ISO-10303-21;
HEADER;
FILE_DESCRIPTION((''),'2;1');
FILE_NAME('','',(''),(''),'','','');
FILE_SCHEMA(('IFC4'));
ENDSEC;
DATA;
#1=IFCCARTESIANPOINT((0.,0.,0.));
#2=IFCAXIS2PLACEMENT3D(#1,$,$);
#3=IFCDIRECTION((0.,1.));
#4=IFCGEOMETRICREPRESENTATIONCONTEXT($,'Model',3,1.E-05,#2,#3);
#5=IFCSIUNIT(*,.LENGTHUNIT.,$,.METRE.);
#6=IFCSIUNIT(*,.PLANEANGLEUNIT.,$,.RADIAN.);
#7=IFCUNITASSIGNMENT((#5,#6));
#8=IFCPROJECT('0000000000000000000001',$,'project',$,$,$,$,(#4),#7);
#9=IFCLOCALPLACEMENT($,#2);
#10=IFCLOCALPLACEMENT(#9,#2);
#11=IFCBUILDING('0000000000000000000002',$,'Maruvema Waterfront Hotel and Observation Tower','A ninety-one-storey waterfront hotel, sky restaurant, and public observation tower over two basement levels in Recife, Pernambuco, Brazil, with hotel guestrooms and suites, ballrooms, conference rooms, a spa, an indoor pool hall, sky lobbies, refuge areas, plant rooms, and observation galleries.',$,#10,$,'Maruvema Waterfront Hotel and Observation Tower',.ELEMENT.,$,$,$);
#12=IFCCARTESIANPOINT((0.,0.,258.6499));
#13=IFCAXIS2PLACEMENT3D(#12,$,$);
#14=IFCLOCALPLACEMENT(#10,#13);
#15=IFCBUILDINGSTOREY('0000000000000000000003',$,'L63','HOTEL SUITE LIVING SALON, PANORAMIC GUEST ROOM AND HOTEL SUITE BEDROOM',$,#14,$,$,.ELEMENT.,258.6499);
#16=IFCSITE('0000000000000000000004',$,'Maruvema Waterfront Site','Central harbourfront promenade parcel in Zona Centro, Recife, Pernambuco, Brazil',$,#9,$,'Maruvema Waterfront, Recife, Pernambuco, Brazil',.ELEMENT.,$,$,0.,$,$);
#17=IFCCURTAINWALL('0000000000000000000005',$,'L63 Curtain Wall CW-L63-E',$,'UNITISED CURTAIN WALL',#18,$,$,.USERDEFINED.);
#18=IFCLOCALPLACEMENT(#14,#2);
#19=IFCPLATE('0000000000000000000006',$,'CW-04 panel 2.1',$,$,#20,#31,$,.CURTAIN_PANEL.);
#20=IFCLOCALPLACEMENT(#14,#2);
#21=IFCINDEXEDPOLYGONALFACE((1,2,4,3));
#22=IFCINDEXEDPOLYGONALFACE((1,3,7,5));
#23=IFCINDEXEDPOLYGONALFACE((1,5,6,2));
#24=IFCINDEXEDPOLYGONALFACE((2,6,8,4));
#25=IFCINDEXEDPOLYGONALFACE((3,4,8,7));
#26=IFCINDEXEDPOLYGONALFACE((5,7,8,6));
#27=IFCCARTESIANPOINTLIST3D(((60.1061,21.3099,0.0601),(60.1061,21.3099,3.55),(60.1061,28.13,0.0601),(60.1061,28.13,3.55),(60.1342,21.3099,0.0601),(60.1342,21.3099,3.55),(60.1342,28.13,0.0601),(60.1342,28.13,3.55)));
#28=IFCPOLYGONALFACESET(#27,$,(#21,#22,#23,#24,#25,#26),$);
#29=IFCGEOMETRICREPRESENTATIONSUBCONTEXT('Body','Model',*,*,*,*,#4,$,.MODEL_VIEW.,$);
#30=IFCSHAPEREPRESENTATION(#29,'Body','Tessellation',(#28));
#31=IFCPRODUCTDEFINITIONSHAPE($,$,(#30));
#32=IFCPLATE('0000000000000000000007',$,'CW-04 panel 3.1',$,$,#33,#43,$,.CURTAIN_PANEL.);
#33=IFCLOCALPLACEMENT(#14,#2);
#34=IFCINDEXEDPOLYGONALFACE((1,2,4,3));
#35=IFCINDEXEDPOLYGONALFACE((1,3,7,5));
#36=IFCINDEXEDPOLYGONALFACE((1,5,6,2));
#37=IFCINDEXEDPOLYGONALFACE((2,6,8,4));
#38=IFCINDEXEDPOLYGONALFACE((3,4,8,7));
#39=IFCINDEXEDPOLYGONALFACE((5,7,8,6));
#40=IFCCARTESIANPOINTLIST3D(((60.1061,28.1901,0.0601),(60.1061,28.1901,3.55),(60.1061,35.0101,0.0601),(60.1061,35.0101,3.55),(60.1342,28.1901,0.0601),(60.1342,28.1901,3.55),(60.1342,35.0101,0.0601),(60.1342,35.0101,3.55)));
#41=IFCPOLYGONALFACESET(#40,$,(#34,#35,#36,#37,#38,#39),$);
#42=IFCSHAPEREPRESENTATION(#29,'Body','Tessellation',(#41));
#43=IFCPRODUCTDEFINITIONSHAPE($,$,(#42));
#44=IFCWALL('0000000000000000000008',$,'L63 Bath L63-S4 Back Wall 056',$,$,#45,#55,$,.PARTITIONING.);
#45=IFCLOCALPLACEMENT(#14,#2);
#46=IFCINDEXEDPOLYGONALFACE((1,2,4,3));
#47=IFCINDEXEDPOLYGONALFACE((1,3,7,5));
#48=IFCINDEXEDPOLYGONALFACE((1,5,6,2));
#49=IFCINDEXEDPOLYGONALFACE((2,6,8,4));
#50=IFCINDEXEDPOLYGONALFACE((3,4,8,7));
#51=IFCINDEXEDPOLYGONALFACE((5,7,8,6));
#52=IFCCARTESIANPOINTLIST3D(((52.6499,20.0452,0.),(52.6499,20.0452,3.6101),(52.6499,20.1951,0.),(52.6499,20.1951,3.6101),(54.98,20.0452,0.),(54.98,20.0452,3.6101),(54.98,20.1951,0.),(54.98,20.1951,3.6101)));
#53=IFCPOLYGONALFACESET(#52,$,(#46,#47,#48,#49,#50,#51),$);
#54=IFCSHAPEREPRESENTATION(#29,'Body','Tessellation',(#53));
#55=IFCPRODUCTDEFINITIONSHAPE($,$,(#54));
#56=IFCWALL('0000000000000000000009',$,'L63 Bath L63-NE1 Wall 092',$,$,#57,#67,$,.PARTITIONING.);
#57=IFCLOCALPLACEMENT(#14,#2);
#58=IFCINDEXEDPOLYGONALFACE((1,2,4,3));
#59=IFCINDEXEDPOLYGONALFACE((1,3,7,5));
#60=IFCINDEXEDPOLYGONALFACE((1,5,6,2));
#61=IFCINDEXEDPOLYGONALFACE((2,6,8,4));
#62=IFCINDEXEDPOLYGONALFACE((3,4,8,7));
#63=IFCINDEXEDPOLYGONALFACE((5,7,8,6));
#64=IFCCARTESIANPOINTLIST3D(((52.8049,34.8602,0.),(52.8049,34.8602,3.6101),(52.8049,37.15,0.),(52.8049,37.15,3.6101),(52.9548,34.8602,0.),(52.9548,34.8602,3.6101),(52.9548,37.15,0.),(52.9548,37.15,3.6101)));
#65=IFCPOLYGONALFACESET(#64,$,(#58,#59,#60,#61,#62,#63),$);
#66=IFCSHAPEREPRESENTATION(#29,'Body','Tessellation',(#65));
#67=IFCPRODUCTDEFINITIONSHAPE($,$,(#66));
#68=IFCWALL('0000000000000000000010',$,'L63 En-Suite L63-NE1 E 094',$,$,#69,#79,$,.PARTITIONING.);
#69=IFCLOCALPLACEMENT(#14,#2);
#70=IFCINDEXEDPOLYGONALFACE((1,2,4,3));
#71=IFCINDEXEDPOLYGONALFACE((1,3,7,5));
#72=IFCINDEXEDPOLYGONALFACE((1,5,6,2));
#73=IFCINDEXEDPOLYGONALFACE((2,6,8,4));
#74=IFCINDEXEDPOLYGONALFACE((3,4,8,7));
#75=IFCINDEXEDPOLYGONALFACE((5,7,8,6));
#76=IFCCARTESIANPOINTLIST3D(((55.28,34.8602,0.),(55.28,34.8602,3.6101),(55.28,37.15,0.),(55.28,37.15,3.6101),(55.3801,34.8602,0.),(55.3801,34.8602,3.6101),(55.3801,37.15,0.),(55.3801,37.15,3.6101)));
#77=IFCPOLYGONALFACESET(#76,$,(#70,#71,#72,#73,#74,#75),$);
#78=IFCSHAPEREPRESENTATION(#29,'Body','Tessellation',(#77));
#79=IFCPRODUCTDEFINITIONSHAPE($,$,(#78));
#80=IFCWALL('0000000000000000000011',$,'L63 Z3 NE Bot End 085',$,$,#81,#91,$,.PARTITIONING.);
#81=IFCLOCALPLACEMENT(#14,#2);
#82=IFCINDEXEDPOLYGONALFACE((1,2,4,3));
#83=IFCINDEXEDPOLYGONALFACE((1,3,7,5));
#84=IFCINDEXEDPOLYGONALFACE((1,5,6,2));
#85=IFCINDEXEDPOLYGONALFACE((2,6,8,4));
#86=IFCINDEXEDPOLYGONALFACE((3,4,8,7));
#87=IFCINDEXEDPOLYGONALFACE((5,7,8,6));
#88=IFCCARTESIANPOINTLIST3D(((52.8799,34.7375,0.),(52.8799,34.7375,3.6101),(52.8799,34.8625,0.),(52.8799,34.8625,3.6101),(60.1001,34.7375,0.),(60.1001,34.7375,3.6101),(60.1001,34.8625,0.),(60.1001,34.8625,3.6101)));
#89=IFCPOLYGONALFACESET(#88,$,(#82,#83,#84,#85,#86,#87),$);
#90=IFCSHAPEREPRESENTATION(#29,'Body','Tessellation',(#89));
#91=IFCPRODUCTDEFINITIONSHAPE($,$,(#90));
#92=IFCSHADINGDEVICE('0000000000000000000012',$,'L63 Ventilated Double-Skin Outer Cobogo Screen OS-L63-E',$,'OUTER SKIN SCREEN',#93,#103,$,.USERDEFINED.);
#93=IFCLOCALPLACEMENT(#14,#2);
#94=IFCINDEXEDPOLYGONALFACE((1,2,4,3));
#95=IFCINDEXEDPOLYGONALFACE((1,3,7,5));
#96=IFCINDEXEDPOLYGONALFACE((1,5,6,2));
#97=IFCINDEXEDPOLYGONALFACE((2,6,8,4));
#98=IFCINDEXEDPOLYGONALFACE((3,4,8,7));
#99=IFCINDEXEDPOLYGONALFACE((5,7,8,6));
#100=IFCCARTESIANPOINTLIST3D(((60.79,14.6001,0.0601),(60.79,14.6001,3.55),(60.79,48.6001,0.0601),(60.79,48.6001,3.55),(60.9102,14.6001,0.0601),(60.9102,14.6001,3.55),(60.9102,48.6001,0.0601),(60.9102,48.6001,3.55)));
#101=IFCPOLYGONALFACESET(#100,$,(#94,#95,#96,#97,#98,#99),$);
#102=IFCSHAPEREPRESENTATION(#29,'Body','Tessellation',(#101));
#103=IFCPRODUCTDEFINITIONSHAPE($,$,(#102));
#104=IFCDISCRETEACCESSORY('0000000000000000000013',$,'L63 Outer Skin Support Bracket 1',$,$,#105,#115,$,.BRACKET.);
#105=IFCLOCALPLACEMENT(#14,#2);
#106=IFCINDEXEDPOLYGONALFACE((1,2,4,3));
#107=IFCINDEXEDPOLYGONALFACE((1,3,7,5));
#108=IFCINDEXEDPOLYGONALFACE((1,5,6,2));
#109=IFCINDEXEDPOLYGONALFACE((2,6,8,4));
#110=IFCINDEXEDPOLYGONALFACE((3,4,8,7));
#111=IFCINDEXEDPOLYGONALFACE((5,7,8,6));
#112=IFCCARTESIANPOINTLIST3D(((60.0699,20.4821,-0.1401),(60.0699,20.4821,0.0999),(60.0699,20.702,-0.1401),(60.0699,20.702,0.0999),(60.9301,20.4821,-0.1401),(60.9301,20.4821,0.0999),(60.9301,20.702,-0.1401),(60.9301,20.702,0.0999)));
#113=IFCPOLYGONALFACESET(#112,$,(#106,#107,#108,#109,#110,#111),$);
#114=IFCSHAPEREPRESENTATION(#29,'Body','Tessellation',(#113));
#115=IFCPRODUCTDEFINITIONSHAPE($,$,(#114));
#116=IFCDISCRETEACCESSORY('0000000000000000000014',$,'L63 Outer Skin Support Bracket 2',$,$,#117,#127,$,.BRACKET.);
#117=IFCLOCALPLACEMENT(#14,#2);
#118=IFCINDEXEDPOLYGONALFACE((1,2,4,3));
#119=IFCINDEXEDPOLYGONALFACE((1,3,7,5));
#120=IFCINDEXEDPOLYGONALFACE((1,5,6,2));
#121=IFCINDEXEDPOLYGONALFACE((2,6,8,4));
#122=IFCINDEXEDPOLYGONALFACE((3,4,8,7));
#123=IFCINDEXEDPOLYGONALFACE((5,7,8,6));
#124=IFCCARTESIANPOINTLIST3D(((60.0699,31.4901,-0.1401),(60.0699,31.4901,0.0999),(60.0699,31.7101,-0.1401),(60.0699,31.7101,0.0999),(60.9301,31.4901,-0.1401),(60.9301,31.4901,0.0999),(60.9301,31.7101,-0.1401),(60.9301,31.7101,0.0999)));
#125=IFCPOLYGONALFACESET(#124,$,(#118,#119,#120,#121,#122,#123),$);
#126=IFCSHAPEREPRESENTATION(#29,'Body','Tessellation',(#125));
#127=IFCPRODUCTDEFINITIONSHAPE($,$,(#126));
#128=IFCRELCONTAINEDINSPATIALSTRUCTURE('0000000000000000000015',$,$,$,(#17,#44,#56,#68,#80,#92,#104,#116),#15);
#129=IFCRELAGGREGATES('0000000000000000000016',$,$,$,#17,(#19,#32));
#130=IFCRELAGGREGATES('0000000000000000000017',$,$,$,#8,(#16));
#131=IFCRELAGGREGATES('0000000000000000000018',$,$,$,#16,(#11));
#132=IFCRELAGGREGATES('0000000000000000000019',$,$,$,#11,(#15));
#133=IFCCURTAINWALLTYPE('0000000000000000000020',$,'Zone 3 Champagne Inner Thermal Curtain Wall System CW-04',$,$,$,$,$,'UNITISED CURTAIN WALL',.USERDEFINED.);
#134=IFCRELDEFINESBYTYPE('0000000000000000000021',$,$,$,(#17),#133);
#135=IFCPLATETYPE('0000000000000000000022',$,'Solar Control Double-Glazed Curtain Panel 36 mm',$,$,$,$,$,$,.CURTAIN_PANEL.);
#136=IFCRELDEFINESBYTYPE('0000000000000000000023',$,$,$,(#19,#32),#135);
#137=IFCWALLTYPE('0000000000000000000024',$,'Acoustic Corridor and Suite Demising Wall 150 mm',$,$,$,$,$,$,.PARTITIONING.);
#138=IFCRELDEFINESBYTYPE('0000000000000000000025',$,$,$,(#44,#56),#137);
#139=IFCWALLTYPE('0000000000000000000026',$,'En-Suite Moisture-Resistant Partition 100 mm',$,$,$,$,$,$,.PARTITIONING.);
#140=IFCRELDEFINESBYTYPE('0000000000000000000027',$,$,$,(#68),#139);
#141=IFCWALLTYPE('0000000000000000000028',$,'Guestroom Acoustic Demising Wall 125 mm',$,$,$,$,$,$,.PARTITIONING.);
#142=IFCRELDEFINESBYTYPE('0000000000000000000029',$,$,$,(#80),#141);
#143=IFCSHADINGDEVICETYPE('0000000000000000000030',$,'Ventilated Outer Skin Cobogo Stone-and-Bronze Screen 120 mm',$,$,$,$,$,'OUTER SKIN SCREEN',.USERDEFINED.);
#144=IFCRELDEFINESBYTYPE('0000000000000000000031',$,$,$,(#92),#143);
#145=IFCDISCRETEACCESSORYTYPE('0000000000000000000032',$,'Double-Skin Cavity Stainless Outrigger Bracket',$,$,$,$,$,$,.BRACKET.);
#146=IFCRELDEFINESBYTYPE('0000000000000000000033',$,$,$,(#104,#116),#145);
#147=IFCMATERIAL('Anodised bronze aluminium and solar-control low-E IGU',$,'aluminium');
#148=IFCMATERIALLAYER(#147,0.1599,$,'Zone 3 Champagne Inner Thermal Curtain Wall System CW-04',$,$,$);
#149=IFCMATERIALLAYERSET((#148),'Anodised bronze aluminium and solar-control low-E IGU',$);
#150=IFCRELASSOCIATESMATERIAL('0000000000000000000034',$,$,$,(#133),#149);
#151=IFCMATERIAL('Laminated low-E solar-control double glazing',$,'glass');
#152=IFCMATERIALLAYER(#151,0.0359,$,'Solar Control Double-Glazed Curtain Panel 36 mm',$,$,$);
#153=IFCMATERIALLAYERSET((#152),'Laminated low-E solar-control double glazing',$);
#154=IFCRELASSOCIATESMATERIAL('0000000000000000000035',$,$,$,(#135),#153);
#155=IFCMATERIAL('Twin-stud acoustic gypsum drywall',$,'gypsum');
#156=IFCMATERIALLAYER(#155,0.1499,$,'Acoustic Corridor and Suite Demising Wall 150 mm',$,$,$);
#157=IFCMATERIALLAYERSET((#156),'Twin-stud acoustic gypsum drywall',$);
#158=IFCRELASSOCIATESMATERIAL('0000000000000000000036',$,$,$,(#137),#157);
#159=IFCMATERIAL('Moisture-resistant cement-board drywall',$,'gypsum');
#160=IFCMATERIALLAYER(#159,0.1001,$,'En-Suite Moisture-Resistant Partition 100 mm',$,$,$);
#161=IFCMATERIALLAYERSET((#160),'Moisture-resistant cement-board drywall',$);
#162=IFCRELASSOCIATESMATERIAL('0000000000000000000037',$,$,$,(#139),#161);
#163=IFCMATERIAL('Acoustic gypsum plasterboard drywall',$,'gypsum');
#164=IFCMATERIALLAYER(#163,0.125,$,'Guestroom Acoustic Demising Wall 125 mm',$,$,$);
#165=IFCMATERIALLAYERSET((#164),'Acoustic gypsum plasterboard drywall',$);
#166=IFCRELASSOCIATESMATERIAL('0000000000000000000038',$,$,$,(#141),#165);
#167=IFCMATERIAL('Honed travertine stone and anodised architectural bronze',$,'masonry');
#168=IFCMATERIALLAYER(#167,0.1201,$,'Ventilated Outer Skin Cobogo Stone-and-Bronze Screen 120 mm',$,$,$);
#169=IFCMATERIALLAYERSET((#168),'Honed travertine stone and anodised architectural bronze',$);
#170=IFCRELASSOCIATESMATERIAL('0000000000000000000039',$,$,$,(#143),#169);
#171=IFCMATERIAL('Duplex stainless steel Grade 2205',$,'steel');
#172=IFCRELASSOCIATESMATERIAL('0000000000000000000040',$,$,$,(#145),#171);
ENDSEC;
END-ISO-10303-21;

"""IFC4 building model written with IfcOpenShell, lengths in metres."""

from ifc_helpers import new_model, si_unit, direction, frame, frame_2d, origin, origin_2d, place, context, subcontext, project, spatial, rectangle, extrude, material, layer, layer_set, type_object, element, aggregate, save


model = new_model("IFC4")

# Units and contexts
model_context = context("Model", 3, precision=1e-05, world=origin(), true_north=direction((0.0, 1.0)))
body_context = subcontext(model_context, "Body", "Model", "MODEL_VIEW")
ifc_project = project(units=[si_unit("LENGTHUNIT", "METRE"), si_unit("PLANEANGLEUNIT", "RADIAN")], contexts=[model_context])

# Site, building, storey
site_placement = place(None, origin())
site = spatial("IfcSite", under=ifc_project, at=site_placement, Name="Maruvema Waterfront Site", Description="Central harbourfront promenade parcel in Zona Centro, Recife, Pernambuco, Brazil", LongName="Maruvema Waterfront, Recife, Pernambuco, Brazil", CompositionType="ELEMENT", RefElevation=0.0)
building_placement = place(site_placement, origin())
building = spatial("IfcBuilding", under=site, at=building_placement, Name="Maruvema Waterfront Hotel and Observation Tower", Description="A ninety-one-storey waterfront hotel, sky restaurant, and public observation tower over two basement levels in Recife, Pernambuco, Brazil, with hotel guestrooms and suites, ballrooms, conference rooms, a spa, an indoor pool hall, sky lobbies, refuge areas, plant rooms, and observation galleries.", LongName="Maruvema Waterfront Hotel and Observation Tower", CompositionType="ELEMENT")
storey_placement = place(building_placement, frame((0.0, 0.0, 258.6499)))
storey = spatial("IfcBuildingStorey", under=building, at=storey_placement, Name="L63", Description="HOTEL SUITE LIVING SALON, PANORAMIC GUEST ROOM AND HOTEL SUITE BEDROOM", CompositionType="ELEMENT", Elevation=258.6499)

# Curtain wall
ifc_material_1 = material(Name="Anodised bronze aluminium and solar-control low-E IGU", Category="aluminium")
ifc_layer_1 = layer(ifc_material_1, 0.1599, Name="Zone 3 Champagne Inner Thermal Curtain Wall System CW-04")
ifc_layer_set_1 = layer_set([ifc_layer_1], Name="Anodised bronze aluminium and solar-control low-E IGU")
curtain_wall_type = type_object("IfcCurtainWallType", Name="Zone 3 Champagne Inner Thermal Curtain Wall System CW-04", ElementType="UNITISED CURTAIN WALL", PredefinedType="USERDEFINED", material=ifc_layer_set_1)
curtain_wall_placement = place(storey_placement, origin())
curtain_wall = element("IfcCurtainWall", 1, at=curtain_wall_placement, inside=storey, type_object=curtain_wall_type, Name="L63 Curtain Wall CW-L63-E", ObjectType="UNITISED CURTAIN WALL", PredefinedType="USERDEFINED")

# Plates
ifc_material_2 = material(Name="Laminated low-E solar-control double glazing", Category="glass")
ifc_layer_2 = layer(ifc_material_2, 0.0359, Name="Solar Control Double-Glazed Curtain Panel 36 mm")
ifc_layer_set_2 = layer_set([ifc_layer_2], Name="Laminated low-E solar-control double glazing")
plate_type = type_object("IfcPlateType", Name="Solar Control Double-Glazed Curtain Panel 36 mm", PredefinedType="CURTAIN_PANEL", material=ifc_layer_set_2)
plate_1_placement = place(storey_placement, frame((60.1201, 24.72, 0.0601), z_axis=(0.0, 0.0, 1.0), x_axis=(0.0, 1.0, 0.0)))
plate_1 = element("IfcPlate", 2, at=plate_1_placement, type_object=plate_type, Name="CW-04 panel 2.1", PredefinedType="CURTAIN_PANEL", context=body_context, shape_type="SweptSolid", body=[
    extrude(rectangle(XDim=6.8201, YDim=0.0281, at=origin_2d()), origin(), (0.0, 0.0, 1.0), 3.49),
])
plate_2_placement = place(storey_placement, frame((60.1201, 31.6001, 0.0601), z_axis=(0.0, 0.0, 1.0), x_axis=(0.0, 1.0, 0.0)))
plate_2 = element("IfcPlate", 3, at=plate_2_placement, type_object=plate_type, Name="CW-04 panel 3.1", PredefinedType="CURTAIN_PANEL", context=body_context, shape_type="SweptSolid", body=[
    extrude(rectangle(XDim=6.8201, YDim=0.0281, at=origin_2d()), origin(), (0.0, 0.0, 1.0), 3.49),
])
aggregate(curtain_wall, [plate_1, plate_2])

# Walls
ifc_material_3 = material(Name="Twin-stud acoustic gypsum drywall", Category="gypsum")
ifc_layer_3 = layer(ifc_material_3, 0.1499, Name="Acoustic Corridor and Suite Demising Wall 150 mm")
ifc_layer_set_3 = layer_set([ifc_layer_3], Name="Twin-stud acoustic gypsum drywall")
wall_type_1 = type_object("IfcWallType", Name="Acoustic Corridor and Suite Demising Wall 150 mm", PredefinedType="PARTITIONING", material=ifc_layer_set_3)
wall_1_placement = place(storey_placement, frame((52.6499, 20.1201, 0.0), z_axis=(0.0, 0.0, 1.0), x_axis=(1.0, 0.0, 0.0)))
element("IfcWall", 4, at=wall_1_placement, inside=storey, type_object=wall_type_1, Name="L63 Bath L63-S4 Back Wall 056", PredefinedType="PARTITIONING", context=body_context, shape_type="SweptSolid", body=[
    extrude(rectangle(XDim=2.3301, YDim=0.1499, at=frame_2d((1.165, 0.0))), origin(), (0.0, 0.0, 1.0), 3.6101),
])
wall_2_placement = place(storey_placement, frame((52.8799, 34.8601, 0.0), z_axis=(0.0, 0.0, 1.0), x_axis=(0.0, 1.0, 0.0)))
element("IfcWall", 5, at=wall_2_placement, inside=storey, type_object=wall_type_1, Name="L63 Bath L63-NE1 Wall 092", PredefinedType="PARTITIONING", context=body_context, shape_type="SweptSolid", body=[
    extrude(rectangle(XDim=2.2898, YDim=0.1499, at=frame_2d((1.145, 0.0))), origin(), (0.0, 0.0, 1.0), 3.6101),
])
ifc_material_4 = material(Name="Moisture-resistant cement-board drywall", Category="gypsum")
ifc_layer_4 = layer(ifc_material_4, 0.1001, Name="En-Suite Moisture-Resistant Partition 100 mm")
ifc_layer_set_4 = layer_set([ifc_layer_4], Name="Moisture-resistant cement-board drywall")
wall_type_2 = type_object("IfcWallType", Name="En-Suite Moisture-Resistant Partition 100 mm", PredefinedType="PARTITIONING", material=ifc_layer_set_4)
wall_3_placement = place(storey_placement, frame((55.3301, 34.8601, 0.0), z_axis=(0.0, 0.0, 1.0), x_axis=(0.0, 1.0, 0.0)))
element("IfcWall", 6, at=wall_3_placement, inside=storey, type_object=wall_type_2, Name="L63 En-Suite L63-NE1 E 094", PredefinedType="PARTITIONING", context=body_context, shape_type="SweptSolid", body=[
    extrude(rectangle(XDim=2.2898, YDim=0.1001, at=frame_2d((1.145, 0.0))), origin(), (0.0, 0.0, 1.0), 3.6101),
])
ifc_material_5 = material(Name="Acoustic gypsum plasterboard drywall", Category="gypsum")
ifc_layer_5 = layer(ifc_material_5, 0.125, Name="Guestroom Acoustic Demising Wall 125 mm")
ifc_layer_set_5 = layer_set([ifc_layer_5], Name="Acoustic gypsum plasterboard drywall")
wall_type_3 = type_object("IfcWallType", Name="Guestroom Acoustic Demising Wall 125 mm", PredefinedType="PARTITIONING", material=ifc_layer_set_5)
wall_4_placement = place(storey_placement, frame((52.8799, 34.8, 0.0), z_axis=(0.0, 0.0, 1.0), x_axis=(1.0, 0.0, 0.0)))
element("IfcWall", 7, at=wall_4_placement, inside=storey, type_object=wall_type_3, Name="L63 Z3 NE Bot End 085", PredefinedType="PARTITIONING", context=body_context, shape_type="SweptSolid", body=[
    extrude(rectangle(XDim=7.2202, YDim=0.125, at=frame_2d((3.6101, 0.0))), origin(), (0.0, 0.0, 1.0), 3.6101),
])

# Shading device
ifc_material_6 = material(Name="Honed travertine stone and anodised architectural bronze", Category="masonry")
ifc_layer_6 = layer(ifc_material_6, 0.1201, Name="Ventilated Outer Skin Cobogo Stone-and-Bronze Screen 120 mm")
ifc_layer_set_6 = layer_set([ifc_layer_6], Name="Honed travertine stone and anodised architectural bronze")
shading_device_type = type_object("IfcShadingDeviceType", Name="Ventilated Outer Skin Cobogo Stone-and-Bronze Screen 120 mm", ElementType="OUTER SKIN SCREEN", PredefinedType="USERDEFINED", material=ifc_layer_set_6)
shading_device_placement = place(storey_placement, frame((60.8501, 31.6001, 0.0601), z_axis=(0.0, 0.0, 1.0), x_axis=(0.0, 1.0, 0.0)))
element("IfcShadingDevice", 8, at=shading_device_placement, inside=storey, type_object=shading_device_type, Name="L63 Ventilated Double-Skin Outer Cobogo Screen OS-L63-E", ObjectType="OUTER SKIN SCREEN", PredefinedType="USERDEFINED", context=body_context, shape_type="SweptSolid", body=[
    extrude(rectangle(XDim=34.0, YDim=0.1201, at=origin_2d()), origin(), (0.0, 0.0, 1.0), 3.49),
])

# Discrete accessories
ifc_material_7 = material(Name="Duplex stainless steel Grade 2205", Category="steel")
discrete_accessory_type = type_object("IfcDiscreteAccessoryType", Name="Double-Skin Cavity Stainless Outrigger Bracket", PredefinedType="BRACKET", material=ifc_material_7)
for number, where, z_axis, x_axis, name in (
    (9, (60.5, 20.592, -0.1401), (0.0, 0.0, 1.0), (0.0, 1.0, 0.0), "L63 Outer Skin Support Bracket 1"),
    (10, (60.5, 31.6001, -0.1401), (0.0, 0.0, 1.0), (0.0, 1.0, 0.0), "L63 Outer Skin Support Bracket 2"),
):
    element("IfcDiscreteAccessory", number, at=place(storey_placement, frame(where, z_axis=z_axis, x_axis=x_axis)), inside=storey, type_object=discrete_accessory_type, Name=name, PredefinedType="BRACKET", context=body_context, shape_type="SweptSolid", body=[
        extrude(rectangle(XDim=0.22, YDim=0.8601, at=origin_2d()), origin(), (0.0, 0.0, 1.0), 0.24),
    ])

save(model, "model.ifc")
